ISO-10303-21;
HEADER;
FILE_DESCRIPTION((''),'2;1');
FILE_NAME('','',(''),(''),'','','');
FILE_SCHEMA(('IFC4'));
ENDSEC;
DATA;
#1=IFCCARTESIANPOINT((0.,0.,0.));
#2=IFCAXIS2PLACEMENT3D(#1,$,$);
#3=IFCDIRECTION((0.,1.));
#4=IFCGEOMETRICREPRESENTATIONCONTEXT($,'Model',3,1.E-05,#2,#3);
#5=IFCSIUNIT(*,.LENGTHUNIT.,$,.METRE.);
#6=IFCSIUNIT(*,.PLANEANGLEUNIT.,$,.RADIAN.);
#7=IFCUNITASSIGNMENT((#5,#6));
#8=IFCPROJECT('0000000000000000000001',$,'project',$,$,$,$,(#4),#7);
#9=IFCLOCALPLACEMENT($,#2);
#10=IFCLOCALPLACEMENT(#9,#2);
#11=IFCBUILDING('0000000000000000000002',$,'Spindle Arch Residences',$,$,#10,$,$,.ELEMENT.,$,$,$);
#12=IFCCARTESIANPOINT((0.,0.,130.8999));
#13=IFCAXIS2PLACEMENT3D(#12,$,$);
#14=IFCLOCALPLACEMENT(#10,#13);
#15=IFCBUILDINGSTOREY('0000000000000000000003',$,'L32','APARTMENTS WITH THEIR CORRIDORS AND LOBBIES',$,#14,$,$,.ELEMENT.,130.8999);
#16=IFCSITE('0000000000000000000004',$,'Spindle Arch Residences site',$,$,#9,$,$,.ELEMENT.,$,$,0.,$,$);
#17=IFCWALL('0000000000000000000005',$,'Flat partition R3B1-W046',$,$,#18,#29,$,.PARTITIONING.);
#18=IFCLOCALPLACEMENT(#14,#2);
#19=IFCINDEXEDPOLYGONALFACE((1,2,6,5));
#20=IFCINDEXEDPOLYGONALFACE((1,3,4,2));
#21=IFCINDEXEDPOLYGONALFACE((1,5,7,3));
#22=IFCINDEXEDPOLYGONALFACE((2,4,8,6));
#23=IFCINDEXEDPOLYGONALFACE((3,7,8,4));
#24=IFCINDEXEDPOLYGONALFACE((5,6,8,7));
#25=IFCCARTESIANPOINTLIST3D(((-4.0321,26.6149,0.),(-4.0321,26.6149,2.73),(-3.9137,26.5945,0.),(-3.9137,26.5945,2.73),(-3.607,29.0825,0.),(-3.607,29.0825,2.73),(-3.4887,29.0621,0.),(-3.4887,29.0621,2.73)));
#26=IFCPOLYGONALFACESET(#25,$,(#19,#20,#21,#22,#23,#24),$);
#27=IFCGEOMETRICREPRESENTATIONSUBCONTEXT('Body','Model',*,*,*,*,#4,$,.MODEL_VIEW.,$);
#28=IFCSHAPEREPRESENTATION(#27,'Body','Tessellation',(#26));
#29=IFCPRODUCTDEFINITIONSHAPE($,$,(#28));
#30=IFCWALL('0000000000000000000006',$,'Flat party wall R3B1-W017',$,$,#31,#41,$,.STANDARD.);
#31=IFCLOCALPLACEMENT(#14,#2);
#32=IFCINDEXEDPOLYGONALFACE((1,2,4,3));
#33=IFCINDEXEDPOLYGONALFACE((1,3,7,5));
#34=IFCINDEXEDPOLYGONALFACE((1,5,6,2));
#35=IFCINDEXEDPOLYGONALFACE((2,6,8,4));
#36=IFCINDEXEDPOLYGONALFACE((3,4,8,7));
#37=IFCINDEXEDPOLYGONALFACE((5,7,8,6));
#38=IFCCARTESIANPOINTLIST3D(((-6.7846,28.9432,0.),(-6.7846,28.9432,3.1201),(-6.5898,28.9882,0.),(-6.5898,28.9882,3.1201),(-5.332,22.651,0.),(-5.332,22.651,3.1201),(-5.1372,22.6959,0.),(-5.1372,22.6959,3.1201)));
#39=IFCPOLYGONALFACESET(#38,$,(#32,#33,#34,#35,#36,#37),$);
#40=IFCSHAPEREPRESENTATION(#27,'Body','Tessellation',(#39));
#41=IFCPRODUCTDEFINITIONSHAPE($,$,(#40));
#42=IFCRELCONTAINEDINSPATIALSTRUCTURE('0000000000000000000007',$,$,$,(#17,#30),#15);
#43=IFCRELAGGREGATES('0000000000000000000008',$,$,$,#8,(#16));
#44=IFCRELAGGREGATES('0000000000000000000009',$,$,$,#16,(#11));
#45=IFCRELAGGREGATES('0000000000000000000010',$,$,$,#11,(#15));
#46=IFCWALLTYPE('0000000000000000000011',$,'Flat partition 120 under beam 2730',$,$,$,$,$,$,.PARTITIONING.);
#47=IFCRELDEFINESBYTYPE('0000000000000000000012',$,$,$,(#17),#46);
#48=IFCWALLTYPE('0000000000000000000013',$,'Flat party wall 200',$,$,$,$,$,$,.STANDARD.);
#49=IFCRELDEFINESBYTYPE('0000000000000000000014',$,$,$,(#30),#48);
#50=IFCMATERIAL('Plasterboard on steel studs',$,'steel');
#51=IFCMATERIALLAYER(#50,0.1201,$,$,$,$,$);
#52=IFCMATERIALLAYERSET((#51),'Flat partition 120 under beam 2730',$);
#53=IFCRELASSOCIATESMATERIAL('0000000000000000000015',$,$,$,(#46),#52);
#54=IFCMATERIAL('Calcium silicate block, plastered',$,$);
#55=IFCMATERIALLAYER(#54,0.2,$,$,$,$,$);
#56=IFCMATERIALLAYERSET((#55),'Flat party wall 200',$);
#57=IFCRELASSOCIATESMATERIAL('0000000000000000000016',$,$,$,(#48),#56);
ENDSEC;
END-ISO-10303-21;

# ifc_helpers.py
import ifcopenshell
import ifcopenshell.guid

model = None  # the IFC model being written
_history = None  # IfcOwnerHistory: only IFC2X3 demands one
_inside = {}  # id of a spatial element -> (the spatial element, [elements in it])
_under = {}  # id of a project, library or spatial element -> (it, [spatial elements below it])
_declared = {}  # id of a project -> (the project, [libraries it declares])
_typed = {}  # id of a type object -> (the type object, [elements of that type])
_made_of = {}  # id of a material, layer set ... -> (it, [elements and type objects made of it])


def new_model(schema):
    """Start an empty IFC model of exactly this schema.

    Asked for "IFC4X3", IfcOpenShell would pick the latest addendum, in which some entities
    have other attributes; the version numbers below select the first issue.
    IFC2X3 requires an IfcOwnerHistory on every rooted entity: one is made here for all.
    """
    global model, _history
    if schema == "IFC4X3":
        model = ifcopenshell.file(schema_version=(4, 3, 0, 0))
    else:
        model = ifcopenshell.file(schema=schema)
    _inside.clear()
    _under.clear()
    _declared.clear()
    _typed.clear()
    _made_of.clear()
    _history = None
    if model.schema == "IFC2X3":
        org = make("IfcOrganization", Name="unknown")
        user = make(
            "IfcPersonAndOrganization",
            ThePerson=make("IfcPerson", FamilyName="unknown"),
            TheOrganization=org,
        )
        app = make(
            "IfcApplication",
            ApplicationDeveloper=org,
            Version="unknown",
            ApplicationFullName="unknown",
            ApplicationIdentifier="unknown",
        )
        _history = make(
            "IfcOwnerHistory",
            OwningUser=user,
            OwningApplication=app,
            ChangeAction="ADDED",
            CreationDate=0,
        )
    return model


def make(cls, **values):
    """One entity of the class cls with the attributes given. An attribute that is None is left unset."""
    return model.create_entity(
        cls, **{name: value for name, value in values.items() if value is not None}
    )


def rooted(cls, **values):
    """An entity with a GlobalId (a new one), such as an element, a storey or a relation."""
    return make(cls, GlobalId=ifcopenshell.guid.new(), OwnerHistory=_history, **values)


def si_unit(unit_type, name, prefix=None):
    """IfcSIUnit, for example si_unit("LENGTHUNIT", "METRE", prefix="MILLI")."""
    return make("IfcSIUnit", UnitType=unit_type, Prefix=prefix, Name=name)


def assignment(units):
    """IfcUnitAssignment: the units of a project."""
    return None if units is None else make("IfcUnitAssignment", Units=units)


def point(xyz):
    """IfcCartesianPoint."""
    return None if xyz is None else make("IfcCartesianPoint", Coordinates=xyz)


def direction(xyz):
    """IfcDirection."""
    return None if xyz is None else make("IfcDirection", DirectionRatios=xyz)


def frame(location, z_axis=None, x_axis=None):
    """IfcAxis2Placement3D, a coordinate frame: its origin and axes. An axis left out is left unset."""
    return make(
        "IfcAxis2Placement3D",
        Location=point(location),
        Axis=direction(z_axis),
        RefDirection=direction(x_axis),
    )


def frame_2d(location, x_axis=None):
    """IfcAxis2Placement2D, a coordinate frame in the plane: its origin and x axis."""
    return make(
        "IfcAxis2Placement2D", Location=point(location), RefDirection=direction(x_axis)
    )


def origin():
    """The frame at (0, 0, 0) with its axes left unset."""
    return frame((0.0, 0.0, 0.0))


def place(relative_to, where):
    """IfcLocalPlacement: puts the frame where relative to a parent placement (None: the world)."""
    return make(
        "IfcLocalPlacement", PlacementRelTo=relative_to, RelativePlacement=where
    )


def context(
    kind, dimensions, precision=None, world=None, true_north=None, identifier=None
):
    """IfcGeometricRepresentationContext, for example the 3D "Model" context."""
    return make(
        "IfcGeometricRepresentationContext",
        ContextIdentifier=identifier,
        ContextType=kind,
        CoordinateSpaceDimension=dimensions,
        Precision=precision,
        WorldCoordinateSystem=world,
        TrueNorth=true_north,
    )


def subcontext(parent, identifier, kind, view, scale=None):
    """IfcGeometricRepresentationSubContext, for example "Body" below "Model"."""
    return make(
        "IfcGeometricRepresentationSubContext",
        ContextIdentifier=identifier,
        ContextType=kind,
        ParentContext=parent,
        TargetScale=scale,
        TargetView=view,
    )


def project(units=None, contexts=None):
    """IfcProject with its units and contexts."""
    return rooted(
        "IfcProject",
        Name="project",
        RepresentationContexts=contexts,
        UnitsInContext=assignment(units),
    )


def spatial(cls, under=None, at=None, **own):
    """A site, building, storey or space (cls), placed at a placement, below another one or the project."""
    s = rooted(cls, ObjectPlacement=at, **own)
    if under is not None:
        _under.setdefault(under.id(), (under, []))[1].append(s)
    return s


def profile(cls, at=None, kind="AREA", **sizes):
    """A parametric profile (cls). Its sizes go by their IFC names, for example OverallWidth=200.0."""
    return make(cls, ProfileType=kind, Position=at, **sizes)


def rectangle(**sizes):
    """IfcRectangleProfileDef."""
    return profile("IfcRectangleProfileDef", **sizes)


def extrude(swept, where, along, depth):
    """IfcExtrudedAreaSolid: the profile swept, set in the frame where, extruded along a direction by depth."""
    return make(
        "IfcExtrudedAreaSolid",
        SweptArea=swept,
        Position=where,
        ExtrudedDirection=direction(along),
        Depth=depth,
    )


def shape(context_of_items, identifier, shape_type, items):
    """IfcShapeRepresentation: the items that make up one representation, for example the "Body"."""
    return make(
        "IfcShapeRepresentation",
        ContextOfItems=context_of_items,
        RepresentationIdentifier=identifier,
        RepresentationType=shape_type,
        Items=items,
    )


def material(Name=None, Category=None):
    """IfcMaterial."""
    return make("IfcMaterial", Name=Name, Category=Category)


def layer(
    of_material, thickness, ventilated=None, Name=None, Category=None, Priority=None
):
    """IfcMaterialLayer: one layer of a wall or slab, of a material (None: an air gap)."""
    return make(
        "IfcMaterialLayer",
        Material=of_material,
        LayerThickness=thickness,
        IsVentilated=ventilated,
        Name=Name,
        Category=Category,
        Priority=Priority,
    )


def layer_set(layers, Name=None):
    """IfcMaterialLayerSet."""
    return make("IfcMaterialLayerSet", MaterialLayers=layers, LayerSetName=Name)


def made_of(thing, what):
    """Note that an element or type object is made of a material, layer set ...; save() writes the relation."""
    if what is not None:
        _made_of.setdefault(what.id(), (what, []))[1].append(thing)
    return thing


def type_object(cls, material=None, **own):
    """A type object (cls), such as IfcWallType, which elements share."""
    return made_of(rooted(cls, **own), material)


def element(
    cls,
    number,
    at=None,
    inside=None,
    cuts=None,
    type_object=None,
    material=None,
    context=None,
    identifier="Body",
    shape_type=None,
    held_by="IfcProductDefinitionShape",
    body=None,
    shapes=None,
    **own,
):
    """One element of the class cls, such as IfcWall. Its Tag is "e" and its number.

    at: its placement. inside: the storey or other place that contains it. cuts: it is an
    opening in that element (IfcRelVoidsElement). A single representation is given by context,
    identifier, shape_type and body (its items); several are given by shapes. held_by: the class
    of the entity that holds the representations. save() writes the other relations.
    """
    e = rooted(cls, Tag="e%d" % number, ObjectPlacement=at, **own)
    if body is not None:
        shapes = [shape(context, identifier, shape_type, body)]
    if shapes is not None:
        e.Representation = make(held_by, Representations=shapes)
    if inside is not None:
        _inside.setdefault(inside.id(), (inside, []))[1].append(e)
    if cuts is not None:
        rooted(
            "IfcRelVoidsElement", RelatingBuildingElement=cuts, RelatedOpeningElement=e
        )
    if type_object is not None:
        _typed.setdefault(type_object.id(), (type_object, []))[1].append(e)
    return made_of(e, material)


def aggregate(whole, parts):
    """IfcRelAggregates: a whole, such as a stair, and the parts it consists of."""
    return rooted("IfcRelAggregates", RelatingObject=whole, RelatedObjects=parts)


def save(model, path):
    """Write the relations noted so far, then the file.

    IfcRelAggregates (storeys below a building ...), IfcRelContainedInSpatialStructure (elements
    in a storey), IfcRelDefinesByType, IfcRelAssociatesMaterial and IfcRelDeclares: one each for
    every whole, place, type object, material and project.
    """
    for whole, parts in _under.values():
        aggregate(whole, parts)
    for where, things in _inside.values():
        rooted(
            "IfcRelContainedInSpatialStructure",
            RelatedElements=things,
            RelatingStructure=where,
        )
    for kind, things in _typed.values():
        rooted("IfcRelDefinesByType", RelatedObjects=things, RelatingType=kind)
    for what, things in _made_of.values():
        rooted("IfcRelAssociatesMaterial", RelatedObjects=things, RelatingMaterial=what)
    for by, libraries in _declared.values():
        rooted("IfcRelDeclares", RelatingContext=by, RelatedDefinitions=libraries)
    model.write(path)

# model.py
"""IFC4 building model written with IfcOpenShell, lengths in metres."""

from ifc_helpers import new_model, si_unit, direction, frame, frame_2d, origin, place, context, subcontext, project, spatial, rectangle, extrude, material, layer, layer_set, type_object, element, save


model = new_model("IFC4")

# Units and contexts
model_context = context("Model", 3, precision=1e-05, world=origin(), true_north=direction((0.0, 1.0)))
body_context = subcontext(model_context, "Body", "Model", "MODEL_VIEW")
ifc_project = project(units=[si_unit("LENGTHUNIT", "METRE"), si_unit("PLANEANGLEUNIT", "RADIAN")], contexts=[model_context])

# Site, building, storey
site_placement = place(None, origin())
site = spatial("IfcSite", under=ifc_project, at=site_placement, Name="Spindle Arch Residences site", CompositionType="ELEMENT", RefElevation=0.0)
building_placement = place(site_placement, origin())
building = spatial("IfcBuilding", under=site, at=building_placement, Name="Spindle Arch Residences", CompositionType="ELEMENT")
storey_placement = place(building_placement, frame((0.0, 0.0, 130.8999)))
storey = spatial("IfcBuildingStorey", under=building, at=storey_placement, Name="L32", Description="APARTMENTS WITH THEIR CORRIDORS AND LOBBIES", CompositionType="ELEMENT", Elevation=130.8999)

# Walls
ifc_material_1 = material(Name="Plasterboard on steel studs", Category="steel")
ifc_layer_1 = layer(ifc_material_1, 0.1201)
ifc_layer_set_1 = layer_set([ifc_layer_1], Name="Flat partition 120 under beam 2730")
wall_type_1 = type_object("IfcWallType", Name="Flat partition 120 under beam 2730", PredefinedType="PARTITIONING", material=ifc_layer_set_1)
wall_1_placement = place(storey_placement, frame((-3.5479, 29.0723, 0.0), z_axis=(0.0, 0.0, 1.0), x_axis=(-0.169757, -0.985486, 0.0)))
element("IfcWall", 1, at=wall_1_placement, inside=storey, type_object=wall_type_1, Name="Flat partition R3B1-W046", PredefinedType="PARTITIONING", context=body_context, shape_type="SweptSolid", body=[
    extrude(rectangle(XDim=2.5039, YDim=0.1201, at=frame_2d((1.252, 0.0))), origin(), (0.0, 0.0, 1.0), 2.73),
])
ifc_material_2 = material(Name="Calcium silicate block, plastered")
ifc_layer_2 = layer(ifc_material_2, 0.2)
ifc_layer_set_2 = layer_set([ifc_layer_2], Name="Flat party wall 200")
wall_type_2 = type_object("IfcWallType", Name="Flat party wall 200", PredefinedType="STANDARD", material=ifc_layer_set_2)
wall_2_placement = place(storey_placement, frame((-6.6873, 28.9658, 0.0), z_axis=(0.0, 0.0, 1.0), x_axis=(0.224945, -0.974371, 0.0)))
element("IfcWall", 2, at=wall_2_placement, inside=storey, type_object=wall_type_2, Name="Flat party wall R3B1-W017", PredefinedType="STANDARD", context=body_context, shape_type="SweptSolid", body=[
    extrude(rectangle(XDim=6.4578, YDim=0.2, at=frame_2d((3.229, 0.0))), origin(), (0.0, 0.0, 1.0), 3.1201),
])

save(model, "model.ifc")
